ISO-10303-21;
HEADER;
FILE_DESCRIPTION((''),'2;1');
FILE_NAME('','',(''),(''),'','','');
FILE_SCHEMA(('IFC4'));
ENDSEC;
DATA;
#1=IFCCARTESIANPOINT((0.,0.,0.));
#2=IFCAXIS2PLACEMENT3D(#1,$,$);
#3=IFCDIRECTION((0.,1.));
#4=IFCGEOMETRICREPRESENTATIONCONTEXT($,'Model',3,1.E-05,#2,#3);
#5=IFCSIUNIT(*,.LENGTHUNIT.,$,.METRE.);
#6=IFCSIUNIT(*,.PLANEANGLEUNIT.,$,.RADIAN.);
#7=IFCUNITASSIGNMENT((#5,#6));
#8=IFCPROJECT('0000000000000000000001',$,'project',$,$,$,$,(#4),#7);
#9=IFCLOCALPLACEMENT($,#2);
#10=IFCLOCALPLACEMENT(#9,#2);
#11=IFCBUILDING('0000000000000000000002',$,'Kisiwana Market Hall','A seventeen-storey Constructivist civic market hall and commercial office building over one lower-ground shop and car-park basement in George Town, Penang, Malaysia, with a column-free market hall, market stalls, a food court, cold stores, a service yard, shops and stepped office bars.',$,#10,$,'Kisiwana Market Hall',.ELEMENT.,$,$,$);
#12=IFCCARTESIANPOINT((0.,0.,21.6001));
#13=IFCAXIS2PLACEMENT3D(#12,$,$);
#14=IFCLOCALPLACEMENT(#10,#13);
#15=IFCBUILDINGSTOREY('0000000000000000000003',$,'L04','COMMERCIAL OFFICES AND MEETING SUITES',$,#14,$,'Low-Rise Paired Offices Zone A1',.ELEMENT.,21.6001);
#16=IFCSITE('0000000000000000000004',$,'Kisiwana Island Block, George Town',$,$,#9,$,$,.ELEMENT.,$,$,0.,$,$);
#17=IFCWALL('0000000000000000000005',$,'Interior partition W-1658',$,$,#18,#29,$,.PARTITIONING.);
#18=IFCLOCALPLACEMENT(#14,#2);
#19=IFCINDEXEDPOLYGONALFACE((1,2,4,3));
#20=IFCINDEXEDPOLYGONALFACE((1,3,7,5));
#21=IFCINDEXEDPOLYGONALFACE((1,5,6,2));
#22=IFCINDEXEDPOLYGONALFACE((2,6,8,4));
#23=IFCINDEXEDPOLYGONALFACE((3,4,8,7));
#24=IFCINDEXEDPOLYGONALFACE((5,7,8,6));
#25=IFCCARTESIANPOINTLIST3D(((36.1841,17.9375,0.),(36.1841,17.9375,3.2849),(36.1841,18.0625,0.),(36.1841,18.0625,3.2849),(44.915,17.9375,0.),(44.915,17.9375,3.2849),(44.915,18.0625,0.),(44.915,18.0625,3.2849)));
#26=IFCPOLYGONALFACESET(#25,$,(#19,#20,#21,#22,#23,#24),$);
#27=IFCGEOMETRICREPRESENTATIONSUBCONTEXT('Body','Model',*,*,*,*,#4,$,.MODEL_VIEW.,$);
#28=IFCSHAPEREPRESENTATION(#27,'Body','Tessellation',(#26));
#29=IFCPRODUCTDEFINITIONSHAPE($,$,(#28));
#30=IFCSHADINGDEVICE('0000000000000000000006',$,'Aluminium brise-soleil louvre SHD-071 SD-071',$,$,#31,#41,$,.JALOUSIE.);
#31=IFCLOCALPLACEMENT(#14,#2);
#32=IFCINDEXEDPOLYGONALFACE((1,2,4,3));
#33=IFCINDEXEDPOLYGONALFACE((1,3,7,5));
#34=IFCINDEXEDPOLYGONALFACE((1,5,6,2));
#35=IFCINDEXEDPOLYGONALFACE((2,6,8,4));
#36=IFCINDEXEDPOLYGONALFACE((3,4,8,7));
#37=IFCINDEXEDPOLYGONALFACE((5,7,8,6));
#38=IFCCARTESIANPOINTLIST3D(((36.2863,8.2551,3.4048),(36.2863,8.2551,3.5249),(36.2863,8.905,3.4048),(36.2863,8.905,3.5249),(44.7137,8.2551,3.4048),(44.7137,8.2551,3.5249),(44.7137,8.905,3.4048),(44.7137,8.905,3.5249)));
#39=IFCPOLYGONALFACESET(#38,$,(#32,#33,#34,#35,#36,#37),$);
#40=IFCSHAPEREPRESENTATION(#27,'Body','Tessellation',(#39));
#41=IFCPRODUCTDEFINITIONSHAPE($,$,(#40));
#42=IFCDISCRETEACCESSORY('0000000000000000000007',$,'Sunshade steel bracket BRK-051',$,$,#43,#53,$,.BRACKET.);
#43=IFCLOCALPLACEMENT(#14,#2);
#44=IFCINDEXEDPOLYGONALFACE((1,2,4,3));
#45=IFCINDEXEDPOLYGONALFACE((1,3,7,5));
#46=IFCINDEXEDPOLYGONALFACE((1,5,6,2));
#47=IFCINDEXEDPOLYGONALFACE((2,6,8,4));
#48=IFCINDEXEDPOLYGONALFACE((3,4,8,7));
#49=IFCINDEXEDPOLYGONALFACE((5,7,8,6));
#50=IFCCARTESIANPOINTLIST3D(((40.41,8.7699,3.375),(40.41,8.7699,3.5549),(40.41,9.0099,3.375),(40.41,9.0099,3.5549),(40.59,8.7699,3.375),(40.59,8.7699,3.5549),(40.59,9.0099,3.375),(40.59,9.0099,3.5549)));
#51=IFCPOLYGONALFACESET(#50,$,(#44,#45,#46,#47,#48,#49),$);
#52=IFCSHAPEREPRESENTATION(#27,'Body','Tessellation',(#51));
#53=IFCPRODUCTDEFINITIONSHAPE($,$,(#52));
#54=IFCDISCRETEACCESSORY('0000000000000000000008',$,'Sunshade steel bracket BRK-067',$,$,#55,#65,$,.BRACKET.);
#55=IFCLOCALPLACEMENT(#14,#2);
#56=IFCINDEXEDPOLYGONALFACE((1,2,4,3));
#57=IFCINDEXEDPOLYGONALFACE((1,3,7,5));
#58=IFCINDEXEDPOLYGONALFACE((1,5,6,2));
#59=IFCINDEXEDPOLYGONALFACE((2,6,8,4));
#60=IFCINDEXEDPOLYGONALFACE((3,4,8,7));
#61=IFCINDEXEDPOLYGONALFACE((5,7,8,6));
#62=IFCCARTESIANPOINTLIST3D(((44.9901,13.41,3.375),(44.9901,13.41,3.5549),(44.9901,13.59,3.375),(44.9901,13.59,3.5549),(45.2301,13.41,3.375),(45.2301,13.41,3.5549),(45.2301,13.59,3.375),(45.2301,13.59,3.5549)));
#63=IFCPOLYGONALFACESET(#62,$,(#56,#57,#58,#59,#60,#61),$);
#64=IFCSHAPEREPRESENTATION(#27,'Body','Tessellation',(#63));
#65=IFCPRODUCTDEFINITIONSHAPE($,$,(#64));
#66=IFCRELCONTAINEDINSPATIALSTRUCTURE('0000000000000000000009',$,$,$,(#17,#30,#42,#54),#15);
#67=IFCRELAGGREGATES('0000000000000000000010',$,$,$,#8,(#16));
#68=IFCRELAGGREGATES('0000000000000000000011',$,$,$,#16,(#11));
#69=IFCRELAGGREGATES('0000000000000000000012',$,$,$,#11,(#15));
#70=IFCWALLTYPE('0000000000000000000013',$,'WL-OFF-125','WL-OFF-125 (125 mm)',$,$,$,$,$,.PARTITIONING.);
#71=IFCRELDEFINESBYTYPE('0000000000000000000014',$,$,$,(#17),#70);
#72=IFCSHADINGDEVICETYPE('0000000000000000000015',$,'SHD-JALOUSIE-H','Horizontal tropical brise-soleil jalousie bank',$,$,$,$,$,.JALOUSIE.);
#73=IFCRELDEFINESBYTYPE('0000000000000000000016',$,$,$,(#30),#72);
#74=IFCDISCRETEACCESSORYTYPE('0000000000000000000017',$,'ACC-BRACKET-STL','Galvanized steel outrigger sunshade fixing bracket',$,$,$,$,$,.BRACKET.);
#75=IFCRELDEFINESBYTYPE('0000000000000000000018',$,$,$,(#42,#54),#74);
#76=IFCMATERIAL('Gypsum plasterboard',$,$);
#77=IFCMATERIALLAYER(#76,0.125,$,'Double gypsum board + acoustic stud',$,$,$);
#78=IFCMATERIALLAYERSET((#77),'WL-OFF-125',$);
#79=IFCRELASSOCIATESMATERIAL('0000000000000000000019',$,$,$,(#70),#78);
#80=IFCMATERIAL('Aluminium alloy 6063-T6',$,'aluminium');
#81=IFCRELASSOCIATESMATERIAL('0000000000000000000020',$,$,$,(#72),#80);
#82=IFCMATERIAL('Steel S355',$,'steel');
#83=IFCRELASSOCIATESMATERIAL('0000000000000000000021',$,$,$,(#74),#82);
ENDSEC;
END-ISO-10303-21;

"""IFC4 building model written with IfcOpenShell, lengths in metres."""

from ifc_helpers import new_model, si_unit, direction, frame, frame_2d, origin, origin_2d, place, context, subcontext, project, spatial, rectangle, extrude, material, layer, layer_set, type_object, element, save


model = new_model("IFC4")

# Units and contexts
model_context = context("Model", 3, precision=1e-05, world=origin(), true_north=direction((0.0, 1.0)))
body_context = subcontext(model_context, "Body", "Model", "MODEL_VIEW")
ifc_project = project(units=[si_unit("LENGTHUNIT", "METRE"), si_unit("PLANEANGLEUNIT", "RADIAN")], contexts=[model_context])

# Site, building, storey
site_placement = place(None, origin())
site = spatial("IfcSite", under=ifc_project, at=site_placement, Name="Kisiwana Island Block, George Town", CompositionType="ELEMENT", RefElevation=0.0)
building_placement = place(site_placement, origin())
building = spatial("IfcBuilding", under=site, at=building_placement, Name="Kisiwana Market Hall", Description="A seventeen-storey Constructivist civic market hall and commercial office building over one lower-ground shop and car-park basement in George Town, Penang, Malaysia, with a column-free market hall, market stalls, a food court, cold stores, a service yard, shops and stepped office bars.", LongName="Kisiwana Market Hall", CompositionType="ELEMENT")
storey_placement = place(building_placement, frame((0.0, 0.0, 21.6001)))
storey = spatial("IfcBuildingStorey", under=building, at=storey_placement, Name="L04", Description="COMMERCIAL OFFICES AND MEETING SUITES", LongName="Low-Rise Paired Offices Zone A1", CompositionType="ELEMENT", Elevation=21.6001)

# Wall
ifc_material_1 = material(Name="Gypsum plasterboard")
ifc_layer_1 = layer(ifc_material_1, 0.125, Name="Double gypsum board + acoustic stud")
ifc_layer_set_1 = layer_set([ifc_layer_1], Name="WL-OFF-125")
wall_type = type_object("IfcWallType", Name="WL-OFF-125", Description="WL-OFF-125 (125 mm)", PredefinedType="PARTITIONING", material=ifc_layer_set_1)
wall_1_placement = place(storey_placement, frame((36.1841, 18.0, 0.0), z_axis=(0.0, 0.0, 1.0), x_axis=(1.0, 0.0, 0.0)))
element("IfcWall", 1, at=wall_1_placement, inside=storey, type_object=wall_type, Name="Interior partition W-1658", PredefinedType="PARTITIONING", context=body_context, shape_type="SweptSolid", body=[
    extrude(rectangle(XDim=8.731, YDim=0.125, at=frame_2d((4.3655, 0.0))), origin(), (0.0, 0.0, 1.0), 3.2849),
])

# Shading device
ifc_material_2 = material(Name="Aluminium alloy 6063-T6", Category="aluminium")
shading_device_type = type_object("IfcShadingDeviceType", Name="SHD-JALOUSIE-H", Description="Horizontal tropical brise-soleil jalousie bank", PredefinedType="JALOUSIE", material=ifc_material_2)
shading_device_placement = place(storey_placement, frame((40.5, 8.5801, 3.4048), z_axis=(0.0, 0.0, 1.0), x_axis=(1.0, 0.0, 0.0)))
element("IfcShadingDevice", 2, at=shading_device_placement, inside=storey, type_object=shading_device_type, Name="Aluminium brise-soleil louvre SHD-071 SD-071", PredefinedType="JALOUSIE", context=body_context, shape_type="SweptSolid", body=[
    extrude(rectangle(XDim=8.4275, YDim=0.6499, at=origin_2d()), origin(), (0.0, 0.0, 1.0), 0.1201),
])

# Discrete accessories
ifc_material_3 = material(Name="Steel S355", Category="steel")
discrete_accessory_type = type_object("IfcDiscreteAccessoryType", Name="ACC-BRACKET-STL", Description="Galvanized steel outrigger sunshade fixing bracket", PredefinedType="BRACKET", material=ifc_material_3)
for number, where, z_axis, x_axis, name in (
    (3, (40.5, 8.8899, 3.375), (0.0, 0.0, 1.0), (1.0, 0.0, 0.0), "Sunshade steel bracket BRK-051"),
    (4, (45.1101, 13.5, 3.375), (0.0, 0.0, 1.0), (0.0, 1.0, 0.0), "Sunshade steel bracket BRK-067"),
):
    element("IfcDiscreteAccessory", number, at=place(storey_placement, frame(where, z_axis=z_axis, x_axis=x_axis)), inside=storey, type_object=discrete_accessory_type, Name=name, PredefinedType="BRACKET", context=body_context, shape_type="SweptSolid", body=[
        extrude(rectangle(XDim=0.1799, YDim=0.24, at=origin_2d()), origin(), (0.0, 0.0, 1.0), 0.1799),
    ])

save(model, "model.ifc")
